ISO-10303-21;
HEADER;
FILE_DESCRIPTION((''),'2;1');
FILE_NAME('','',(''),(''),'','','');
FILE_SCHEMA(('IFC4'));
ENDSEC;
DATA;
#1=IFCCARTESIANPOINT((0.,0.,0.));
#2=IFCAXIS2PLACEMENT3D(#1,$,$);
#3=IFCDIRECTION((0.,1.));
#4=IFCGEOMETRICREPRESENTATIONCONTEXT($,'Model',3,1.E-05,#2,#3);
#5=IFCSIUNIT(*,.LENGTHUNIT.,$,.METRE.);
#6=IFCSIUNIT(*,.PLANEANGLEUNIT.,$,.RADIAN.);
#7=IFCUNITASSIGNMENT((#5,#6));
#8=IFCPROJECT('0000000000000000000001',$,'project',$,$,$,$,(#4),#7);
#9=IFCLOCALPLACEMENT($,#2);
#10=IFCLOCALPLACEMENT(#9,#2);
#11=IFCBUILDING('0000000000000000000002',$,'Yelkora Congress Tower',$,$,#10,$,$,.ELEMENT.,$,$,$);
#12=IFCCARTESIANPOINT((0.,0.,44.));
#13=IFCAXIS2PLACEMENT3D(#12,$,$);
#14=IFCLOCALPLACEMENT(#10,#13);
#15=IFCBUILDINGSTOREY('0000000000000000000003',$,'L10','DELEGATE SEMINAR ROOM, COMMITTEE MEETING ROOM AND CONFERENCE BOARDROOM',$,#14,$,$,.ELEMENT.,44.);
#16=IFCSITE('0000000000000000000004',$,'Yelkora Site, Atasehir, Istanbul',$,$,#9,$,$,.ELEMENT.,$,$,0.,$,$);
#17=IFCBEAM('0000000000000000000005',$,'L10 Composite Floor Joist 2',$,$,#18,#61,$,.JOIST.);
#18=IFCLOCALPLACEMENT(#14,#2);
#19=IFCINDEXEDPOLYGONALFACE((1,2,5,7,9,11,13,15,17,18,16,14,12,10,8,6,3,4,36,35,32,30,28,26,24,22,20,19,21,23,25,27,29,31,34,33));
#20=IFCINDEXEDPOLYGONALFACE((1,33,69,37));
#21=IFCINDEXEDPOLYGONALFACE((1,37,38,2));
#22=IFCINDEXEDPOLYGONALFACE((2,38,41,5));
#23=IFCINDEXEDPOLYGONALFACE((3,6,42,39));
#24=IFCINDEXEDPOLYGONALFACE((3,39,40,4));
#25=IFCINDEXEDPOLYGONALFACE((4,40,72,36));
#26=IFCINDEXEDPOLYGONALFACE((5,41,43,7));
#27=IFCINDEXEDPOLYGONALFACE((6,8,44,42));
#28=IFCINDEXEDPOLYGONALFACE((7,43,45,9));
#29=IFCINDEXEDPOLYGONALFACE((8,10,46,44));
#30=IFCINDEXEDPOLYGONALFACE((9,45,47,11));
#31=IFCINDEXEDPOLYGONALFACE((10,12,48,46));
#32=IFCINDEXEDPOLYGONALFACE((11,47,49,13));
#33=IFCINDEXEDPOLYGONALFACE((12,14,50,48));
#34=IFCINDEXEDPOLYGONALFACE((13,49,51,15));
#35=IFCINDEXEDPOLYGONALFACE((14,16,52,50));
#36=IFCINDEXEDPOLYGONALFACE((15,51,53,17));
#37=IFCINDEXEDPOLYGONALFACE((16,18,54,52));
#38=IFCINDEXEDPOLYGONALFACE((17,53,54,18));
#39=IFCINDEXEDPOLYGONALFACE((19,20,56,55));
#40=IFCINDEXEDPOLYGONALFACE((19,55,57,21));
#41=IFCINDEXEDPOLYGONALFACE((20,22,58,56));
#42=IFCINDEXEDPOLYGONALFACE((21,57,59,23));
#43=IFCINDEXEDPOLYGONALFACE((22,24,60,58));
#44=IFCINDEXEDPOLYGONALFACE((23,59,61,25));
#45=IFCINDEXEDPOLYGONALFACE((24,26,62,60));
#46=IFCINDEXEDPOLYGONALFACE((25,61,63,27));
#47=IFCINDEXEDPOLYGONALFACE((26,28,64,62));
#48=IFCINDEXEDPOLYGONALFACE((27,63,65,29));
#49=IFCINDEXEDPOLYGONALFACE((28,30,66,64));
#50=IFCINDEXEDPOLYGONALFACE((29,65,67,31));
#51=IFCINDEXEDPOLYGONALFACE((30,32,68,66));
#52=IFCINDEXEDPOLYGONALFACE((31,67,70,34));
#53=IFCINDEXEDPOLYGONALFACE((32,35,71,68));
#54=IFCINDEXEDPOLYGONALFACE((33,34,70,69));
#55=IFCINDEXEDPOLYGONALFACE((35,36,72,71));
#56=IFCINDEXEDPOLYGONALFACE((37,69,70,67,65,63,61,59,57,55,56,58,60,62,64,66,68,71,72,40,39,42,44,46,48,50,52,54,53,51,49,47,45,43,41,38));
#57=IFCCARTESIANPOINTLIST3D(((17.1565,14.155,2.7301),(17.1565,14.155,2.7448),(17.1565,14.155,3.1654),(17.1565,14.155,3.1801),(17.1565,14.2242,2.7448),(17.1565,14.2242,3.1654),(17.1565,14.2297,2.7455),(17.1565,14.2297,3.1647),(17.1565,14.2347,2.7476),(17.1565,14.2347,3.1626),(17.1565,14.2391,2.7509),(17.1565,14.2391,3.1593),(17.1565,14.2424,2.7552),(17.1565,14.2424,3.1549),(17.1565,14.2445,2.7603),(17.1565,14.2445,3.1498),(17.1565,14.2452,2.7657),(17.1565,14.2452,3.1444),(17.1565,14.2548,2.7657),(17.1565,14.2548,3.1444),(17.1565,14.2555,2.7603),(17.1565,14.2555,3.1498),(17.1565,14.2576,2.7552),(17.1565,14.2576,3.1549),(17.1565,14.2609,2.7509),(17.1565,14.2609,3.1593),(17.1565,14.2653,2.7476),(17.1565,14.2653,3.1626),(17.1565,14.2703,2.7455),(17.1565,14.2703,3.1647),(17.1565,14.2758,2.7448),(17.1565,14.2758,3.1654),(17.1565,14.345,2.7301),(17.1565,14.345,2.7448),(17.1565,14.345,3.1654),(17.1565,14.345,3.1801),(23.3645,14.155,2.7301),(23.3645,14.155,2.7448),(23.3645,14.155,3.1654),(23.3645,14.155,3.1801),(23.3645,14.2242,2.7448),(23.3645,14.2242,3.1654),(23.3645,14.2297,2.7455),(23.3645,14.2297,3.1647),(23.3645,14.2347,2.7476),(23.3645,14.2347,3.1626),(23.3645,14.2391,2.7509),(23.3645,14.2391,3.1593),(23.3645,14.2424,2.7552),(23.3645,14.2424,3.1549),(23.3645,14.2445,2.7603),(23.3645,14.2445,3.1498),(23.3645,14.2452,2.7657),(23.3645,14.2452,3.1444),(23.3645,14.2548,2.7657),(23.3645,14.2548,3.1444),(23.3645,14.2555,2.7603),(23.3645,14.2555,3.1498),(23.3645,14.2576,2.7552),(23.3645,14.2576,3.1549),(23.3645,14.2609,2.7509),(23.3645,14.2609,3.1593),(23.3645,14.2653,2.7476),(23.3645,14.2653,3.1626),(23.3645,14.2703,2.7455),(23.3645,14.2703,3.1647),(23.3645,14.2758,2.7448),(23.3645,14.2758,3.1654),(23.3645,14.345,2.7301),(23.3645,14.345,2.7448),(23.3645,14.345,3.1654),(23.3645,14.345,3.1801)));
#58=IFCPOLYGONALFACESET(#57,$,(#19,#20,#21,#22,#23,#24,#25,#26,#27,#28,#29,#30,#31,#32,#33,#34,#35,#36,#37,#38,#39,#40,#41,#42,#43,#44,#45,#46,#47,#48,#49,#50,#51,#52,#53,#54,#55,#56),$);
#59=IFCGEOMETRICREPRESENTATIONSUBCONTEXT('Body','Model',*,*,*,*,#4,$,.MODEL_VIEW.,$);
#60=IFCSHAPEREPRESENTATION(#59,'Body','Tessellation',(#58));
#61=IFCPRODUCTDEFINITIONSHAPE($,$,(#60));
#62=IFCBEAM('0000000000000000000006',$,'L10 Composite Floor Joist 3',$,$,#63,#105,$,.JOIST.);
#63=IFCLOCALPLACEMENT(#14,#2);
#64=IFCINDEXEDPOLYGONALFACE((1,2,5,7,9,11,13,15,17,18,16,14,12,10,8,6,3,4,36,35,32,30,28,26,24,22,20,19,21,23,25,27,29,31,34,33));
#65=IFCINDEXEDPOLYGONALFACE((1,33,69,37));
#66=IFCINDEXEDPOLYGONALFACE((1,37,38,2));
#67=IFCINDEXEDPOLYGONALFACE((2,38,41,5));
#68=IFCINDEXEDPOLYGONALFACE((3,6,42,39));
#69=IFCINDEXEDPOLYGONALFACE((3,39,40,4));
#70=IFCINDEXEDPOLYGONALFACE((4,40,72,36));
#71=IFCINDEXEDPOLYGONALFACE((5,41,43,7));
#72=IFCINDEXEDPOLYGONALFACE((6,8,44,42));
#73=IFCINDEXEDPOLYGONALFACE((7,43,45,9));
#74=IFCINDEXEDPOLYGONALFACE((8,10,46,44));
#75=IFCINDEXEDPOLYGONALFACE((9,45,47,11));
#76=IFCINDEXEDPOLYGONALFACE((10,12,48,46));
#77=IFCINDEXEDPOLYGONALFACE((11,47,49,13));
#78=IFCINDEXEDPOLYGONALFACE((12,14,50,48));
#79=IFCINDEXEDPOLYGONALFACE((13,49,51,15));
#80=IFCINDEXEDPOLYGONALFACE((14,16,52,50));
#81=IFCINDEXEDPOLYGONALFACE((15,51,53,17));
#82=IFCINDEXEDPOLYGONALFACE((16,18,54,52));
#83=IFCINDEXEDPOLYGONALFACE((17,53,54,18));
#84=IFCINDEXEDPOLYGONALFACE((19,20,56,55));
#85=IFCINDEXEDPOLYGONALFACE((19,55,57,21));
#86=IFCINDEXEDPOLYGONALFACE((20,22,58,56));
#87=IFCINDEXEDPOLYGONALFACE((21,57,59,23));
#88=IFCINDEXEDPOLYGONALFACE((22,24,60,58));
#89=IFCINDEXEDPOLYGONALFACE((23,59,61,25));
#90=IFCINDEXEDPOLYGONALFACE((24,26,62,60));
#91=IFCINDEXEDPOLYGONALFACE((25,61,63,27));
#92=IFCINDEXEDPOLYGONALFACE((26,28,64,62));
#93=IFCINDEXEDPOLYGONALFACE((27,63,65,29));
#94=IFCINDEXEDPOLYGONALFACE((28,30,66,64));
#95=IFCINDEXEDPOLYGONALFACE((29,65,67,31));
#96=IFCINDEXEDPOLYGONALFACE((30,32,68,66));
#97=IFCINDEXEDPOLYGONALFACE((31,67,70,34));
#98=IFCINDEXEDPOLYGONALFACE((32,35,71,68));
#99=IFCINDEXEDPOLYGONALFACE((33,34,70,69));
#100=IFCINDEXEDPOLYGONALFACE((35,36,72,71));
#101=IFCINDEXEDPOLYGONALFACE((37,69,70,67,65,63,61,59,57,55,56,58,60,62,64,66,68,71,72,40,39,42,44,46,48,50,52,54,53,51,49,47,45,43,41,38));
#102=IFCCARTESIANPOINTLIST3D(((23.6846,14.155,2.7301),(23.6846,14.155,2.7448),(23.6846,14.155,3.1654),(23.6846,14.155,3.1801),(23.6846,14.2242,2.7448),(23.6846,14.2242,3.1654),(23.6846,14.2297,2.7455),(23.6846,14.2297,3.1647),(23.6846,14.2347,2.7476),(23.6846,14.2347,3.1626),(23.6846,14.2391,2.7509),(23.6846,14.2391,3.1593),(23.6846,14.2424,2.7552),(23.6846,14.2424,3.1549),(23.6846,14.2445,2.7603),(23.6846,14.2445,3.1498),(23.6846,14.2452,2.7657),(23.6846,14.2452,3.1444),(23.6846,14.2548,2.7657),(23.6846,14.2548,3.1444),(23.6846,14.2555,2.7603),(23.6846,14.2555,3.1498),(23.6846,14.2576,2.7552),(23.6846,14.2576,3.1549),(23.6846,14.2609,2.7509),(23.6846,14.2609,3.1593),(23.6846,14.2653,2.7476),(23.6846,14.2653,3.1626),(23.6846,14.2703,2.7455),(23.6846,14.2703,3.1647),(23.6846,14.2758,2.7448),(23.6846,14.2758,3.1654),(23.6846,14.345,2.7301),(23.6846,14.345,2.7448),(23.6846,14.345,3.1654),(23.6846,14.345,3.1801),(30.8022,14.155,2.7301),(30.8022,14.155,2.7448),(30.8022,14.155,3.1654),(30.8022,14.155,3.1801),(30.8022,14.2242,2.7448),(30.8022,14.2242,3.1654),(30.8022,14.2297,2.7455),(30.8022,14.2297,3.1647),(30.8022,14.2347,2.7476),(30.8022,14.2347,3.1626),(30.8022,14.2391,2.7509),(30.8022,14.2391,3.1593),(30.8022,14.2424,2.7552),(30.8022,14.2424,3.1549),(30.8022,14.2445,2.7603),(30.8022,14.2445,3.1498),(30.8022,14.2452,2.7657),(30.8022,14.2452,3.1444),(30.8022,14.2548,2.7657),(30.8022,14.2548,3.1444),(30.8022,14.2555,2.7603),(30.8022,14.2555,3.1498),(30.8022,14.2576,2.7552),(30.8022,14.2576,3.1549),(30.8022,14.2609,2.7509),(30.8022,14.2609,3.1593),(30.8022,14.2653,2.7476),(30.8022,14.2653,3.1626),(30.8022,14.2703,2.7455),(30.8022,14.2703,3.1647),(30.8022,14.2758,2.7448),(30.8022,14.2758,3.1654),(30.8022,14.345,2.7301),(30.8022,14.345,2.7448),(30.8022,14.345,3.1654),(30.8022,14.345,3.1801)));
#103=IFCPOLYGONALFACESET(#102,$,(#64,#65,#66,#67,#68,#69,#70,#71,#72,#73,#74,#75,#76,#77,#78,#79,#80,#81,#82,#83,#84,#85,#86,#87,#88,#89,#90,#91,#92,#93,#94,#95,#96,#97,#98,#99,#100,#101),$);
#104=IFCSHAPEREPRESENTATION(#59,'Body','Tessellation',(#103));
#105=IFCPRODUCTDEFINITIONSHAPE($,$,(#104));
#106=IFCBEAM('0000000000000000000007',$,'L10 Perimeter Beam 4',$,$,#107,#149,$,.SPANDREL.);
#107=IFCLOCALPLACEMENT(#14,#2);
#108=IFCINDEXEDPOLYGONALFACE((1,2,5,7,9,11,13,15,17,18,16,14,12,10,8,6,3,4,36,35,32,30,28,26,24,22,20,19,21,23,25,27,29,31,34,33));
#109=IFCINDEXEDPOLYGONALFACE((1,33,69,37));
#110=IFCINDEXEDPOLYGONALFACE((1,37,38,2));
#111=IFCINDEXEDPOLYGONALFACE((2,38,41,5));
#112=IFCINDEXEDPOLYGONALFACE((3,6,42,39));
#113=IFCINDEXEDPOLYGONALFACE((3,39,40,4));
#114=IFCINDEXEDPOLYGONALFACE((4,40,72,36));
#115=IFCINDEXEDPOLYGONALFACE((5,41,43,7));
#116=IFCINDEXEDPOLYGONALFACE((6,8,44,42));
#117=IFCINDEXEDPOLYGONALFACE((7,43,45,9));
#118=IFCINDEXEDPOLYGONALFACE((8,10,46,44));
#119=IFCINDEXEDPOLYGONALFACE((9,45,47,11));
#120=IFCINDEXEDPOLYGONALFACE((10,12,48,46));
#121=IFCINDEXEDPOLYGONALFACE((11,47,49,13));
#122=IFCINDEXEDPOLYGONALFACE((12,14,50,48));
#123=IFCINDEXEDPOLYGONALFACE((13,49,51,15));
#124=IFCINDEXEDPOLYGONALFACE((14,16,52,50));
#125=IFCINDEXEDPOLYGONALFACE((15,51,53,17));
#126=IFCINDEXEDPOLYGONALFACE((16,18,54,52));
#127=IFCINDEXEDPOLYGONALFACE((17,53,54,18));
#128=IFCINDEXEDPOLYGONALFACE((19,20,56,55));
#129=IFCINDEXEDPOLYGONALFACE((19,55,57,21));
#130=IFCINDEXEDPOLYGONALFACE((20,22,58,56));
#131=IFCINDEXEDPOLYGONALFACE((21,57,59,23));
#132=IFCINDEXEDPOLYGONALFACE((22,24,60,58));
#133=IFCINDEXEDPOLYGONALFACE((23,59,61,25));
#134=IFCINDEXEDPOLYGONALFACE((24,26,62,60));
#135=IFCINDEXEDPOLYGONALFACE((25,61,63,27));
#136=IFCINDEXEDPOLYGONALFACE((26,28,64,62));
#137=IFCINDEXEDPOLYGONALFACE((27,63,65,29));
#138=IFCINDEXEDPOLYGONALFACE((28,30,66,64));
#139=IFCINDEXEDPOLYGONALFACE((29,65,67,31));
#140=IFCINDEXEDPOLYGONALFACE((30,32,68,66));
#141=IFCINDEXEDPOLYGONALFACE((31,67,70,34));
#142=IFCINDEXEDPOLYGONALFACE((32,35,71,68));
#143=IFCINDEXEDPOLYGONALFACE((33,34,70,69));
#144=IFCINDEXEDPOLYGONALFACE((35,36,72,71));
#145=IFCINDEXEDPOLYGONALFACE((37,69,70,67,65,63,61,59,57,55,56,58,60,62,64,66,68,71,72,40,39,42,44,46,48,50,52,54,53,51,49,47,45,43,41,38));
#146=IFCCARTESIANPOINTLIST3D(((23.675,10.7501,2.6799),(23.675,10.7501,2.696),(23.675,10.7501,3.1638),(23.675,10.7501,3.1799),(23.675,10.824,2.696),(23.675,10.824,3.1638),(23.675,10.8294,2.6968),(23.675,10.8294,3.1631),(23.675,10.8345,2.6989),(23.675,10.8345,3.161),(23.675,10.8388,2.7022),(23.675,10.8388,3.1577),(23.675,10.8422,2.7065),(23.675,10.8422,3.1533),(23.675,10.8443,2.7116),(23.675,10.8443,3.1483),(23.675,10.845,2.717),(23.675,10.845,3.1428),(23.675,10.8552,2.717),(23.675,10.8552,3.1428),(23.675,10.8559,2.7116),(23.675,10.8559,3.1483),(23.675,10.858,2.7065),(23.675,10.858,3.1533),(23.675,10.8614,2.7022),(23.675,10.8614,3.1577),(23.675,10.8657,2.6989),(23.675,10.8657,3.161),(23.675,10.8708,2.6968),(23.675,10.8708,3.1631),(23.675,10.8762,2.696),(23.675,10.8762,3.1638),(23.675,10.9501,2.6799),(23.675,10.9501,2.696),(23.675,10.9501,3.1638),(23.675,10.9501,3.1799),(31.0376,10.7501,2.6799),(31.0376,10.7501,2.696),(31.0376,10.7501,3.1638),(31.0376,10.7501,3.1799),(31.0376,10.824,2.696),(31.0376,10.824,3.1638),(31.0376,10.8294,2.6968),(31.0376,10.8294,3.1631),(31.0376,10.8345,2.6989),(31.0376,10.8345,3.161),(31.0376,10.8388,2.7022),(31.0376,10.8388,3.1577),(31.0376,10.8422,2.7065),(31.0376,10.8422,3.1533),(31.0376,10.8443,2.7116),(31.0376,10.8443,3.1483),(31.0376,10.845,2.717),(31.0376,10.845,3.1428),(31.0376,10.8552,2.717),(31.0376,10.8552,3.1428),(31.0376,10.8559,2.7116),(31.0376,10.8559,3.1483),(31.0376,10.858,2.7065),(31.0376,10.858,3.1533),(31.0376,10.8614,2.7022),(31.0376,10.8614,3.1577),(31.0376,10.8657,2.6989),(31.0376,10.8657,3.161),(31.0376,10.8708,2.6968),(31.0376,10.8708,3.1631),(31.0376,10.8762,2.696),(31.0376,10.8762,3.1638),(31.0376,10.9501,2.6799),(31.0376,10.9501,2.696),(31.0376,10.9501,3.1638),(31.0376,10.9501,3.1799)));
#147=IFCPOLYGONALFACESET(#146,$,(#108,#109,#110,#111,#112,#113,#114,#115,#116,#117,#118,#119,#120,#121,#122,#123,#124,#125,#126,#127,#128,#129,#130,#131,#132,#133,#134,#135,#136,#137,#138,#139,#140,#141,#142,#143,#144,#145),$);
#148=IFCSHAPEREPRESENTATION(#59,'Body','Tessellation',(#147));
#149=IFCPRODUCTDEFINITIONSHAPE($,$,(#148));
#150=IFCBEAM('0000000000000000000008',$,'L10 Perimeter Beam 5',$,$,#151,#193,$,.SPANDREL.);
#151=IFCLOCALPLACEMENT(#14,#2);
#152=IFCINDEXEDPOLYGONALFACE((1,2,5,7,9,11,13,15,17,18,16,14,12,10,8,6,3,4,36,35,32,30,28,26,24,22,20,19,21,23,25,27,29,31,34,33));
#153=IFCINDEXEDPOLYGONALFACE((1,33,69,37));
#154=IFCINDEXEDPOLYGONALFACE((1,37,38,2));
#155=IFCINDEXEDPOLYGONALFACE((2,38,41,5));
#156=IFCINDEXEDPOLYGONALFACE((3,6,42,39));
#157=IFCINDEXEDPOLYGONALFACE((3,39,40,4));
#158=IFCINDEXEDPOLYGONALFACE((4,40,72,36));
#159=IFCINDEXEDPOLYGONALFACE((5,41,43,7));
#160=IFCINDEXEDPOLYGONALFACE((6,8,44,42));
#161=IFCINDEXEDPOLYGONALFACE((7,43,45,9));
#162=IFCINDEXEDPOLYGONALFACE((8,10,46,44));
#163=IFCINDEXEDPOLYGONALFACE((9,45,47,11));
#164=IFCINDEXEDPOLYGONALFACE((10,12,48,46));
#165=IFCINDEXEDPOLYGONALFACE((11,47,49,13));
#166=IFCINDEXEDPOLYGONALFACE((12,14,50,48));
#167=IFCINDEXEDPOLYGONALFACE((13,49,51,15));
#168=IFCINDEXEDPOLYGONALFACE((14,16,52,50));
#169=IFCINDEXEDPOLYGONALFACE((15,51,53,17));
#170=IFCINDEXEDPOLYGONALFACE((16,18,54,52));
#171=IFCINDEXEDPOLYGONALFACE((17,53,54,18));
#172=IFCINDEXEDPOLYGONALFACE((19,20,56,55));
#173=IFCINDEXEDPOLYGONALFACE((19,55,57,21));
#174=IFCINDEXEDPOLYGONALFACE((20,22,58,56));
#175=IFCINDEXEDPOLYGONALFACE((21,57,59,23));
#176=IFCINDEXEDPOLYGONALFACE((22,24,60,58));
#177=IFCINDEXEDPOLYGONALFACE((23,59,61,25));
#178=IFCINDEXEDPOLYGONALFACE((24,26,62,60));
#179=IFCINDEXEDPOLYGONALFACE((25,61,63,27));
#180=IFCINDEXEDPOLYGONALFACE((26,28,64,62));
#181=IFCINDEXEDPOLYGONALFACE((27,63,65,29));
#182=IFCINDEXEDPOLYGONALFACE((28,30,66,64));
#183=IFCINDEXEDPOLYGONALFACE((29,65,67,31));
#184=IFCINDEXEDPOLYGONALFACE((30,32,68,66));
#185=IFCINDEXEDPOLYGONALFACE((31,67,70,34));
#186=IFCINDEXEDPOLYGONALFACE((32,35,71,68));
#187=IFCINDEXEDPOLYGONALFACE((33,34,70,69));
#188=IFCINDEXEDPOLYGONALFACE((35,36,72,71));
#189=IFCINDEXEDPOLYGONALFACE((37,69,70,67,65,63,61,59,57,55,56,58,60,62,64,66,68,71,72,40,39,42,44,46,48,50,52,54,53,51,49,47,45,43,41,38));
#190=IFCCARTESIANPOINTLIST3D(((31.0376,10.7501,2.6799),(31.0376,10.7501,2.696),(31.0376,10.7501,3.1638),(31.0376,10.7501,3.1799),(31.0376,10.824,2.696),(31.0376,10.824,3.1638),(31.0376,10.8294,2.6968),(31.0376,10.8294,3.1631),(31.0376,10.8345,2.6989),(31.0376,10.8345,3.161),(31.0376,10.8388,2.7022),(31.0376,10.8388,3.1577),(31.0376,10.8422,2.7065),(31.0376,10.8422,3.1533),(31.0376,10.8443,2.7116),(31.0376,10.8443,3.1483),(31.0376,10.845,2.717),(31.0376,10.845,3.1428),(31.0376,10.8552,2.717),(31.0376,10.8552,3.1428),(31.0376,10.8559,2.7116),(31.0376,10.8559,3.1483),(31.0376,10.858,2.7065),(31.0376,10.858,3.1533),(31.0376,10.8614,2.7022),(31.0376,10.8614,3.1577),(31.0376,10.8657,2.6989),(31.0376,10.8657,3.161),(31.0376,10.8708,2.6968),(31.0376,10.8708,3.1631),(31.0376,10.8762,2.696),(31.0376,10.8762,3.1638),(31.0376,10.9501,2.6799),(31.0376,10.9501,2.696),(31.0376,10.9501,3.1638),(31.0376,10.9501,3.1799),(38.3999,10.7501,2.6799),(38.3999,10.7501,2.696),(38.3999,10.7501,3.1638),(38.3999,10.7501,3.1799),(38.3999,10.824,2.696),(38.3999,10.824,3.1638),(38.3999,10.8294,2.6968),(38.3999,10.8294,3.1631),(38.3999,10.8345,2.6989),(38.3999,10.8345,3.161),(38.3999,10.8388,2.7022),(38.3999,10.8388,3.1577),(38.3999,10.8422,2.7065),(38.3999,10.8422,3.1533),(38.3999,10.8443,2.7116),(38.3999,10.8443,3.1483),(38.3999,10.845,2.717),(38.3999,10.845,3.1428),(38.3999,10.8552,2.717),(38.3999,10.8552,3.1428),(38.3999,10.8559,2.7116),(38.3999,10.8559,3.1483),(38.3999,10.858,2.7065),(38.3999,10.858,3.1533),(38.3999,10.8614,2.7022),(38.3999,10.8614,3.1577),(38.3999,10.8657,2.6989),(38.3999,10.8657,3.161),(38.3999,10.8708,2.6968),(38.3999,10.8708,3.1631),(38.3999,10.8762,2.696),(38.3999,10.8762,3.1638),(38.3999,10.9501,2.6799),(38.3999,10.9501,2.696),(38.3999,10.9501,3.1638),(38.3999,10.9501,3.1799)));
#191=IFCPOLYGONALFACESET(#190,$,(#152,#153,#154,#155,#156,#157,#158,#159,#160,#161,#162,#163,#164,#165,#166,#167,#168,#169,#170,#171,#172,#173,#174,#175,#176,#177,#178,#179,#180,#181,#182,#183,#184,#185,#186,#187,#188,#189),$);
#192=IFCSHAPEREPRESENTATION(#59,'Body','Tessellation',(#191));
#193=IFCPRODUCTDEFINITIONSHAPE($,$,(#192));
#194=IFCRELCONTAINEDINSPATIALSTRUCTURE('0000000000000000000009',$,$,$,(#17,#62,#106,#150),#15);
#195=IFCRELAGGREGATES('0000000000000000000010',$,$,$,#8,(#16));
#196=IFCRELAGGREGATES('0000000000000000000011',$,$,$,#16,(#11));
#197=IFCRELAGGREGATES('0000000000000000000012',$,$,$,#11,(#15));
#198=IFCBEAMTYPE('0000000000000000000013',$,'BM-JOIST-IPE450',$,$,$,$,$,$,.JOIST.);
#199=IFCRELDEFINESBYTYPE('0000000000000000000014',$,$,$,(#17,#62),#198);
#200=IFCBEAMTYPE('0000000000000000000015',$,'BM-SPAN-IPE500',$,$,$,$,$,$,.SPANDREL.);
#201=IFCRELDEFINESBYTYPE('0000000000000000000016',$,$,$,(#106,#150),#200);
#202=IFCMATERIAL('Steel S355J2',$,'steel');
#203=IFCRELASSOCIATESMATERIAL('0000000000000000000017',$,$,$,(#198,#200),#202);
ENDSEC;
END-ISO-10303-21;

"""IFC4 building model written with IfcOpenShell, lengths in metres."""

from ifc_helpers import new_model, si_unit, direction, frame, origin, origin_2d, place, context, subcontext, project, spatial, i_section, extrude, material, material_profile, profile_set, type_object, element, save


model = new_model("IFC4")

# Units and contexts
model_context = context("Model", 3, precision=1e-05, world=origin(), true_north=direction((0.0, 1.0)))
body_context = subcontext(model_context, "Body", "Model", "MODEL_VIEW")
ifc_project = project(units=[si_unit("LENGTHUNIT", "METRE"), si_unit("PLANEANGLEUNIT", "RADIAN")], contexts=[model_context])

# Site, building, storey
site_placement = place(None, origin())
site = spatial("IfcSite", under=ifc_project, at=site_placement, Name="Yelkora Site, Atasehir, Istanbul", CompositionType="ELEMENT", RefElevation=0.0)
building_placement = place(site_placement, origin())
building = spatial("IfcBuilding", under=site, at=building_placement, Name="Yelkora Congress Tower", CompositionType="ELEMENT")
storey_placement = place(building_placement, frame((0.0, 0.0, 44.0)))
storey = spatial("IfcBuildingStorey", under=building, at=storey_placement, Name="L10", Description="DELEGATE SEMINAR ROOM, COMMITTEE MEETING ROOM AND CONFERENCE BOARDROOM", CompositionType="ELEMENT", Elevation=44.0)

# Beams
ifc_material_1 = material(Name="Steel S355J2", Category="steel")
ifc_material_profile_1 = material_profile(ifc_material_1, i_section(OverallWidth=0.1899, OverallDepth=0.45, WebThickness=0.0095, FlangeThickness=0.0146, FilletRadius=0.021, at=origin_2d()), Name="IPE 450")
ifc_profile_set_1 = profile_set([ifc_material_profile_1], Name="Steel S355J2")
beam_type_1 = type_object("IfcBeamType", Name="BM-JOIST-IPE450", PredefinedType="JOIST", material=ifc_profile_set_1)
beam_1_placement = place(storey_placement, frame((17.1565, 14.25, 2.9551), z_axis=(1.0, 0.0, 0.0), x_axis=(0.0, 1.0, 0.0)))
element("IfcBeam", 1, at=beam_1_placement, inside=storey, type_object=beam_type_1, Name="L10 Composite Floor Joist 2", PredefinedType="JOIST", context=body_context, shape_type="SweptSolid", body=[
    extrude(i_section(OverallWidth=0.1899, OverallDepth=0.45, WebThickness=0.0095, FlangeThickness=0.0146, FilletRadius=0.021, at=origin_2d()), origin(), (0.0, 0.0, 1.0), 6.208),
])
beam_2_placement = place(storey_placement, frame((23.6846, 14.25, 2.9551), z_axis=(1.0, 0.0, 0.0), x_axis=(0.0, 1.0, 0.0)))
element("IfcBeam", 2, at=beam_2_placement, inside=storey, type_object=beam_type_1, Name="L10 Composite Floor Joist 3", PredefinedType="JOIST", context=body_context, shape_type="SweptSolid", body=[
    extrude(i_section(OverallWidth=0.1899, OverallDepth=0.45, WebThickness=0.0095, FlangeThickness=0.0146, FilletRadius=0.021, at=origin_2d()), origin(), (0.0, 0.0, 1.0), 7.1177),
])
ifc_material_profile_2 = material_profile(ifc_material_1, i_section(OverallWidth=0.2, OverallDepth=0.5, WebThickness=0.0103, FlangeThickness=0.0161, FilletRadius=0.021, at=origin_2d()), Name="IPE 500")
ifc_profile_set_2 = profile_set([ifc_material_profile_2], Name="Steel S355J2")
beam_type_2 = type_object("IfcBeamType", Name="BM-SPAN-IPE500", PredefinedType="SPANDREL", material=ifc_profile_set_2)
beam_3_placement = place(storey_placement, frame((23.675, 10.8501, 2.9299), z_axis=(1.0, 0.0, 0.0), x_axis=(0.0, 1.0, 0.0)))
element("IfcBeam", 3, at=beam_3_placement, inside=storey, type_object=beam_type_2, Name="L10 Perimeter Beam 4", PredefinedType="SPANDREL", context=body_context, shape_type="SweptSolid", body=[
    extrude(i_section(OverallWidth=0.2, OverallDepth=0.5, WebThickness=0.0103, FlangeThickness=0.0161, FilletRadius=0.021, at=origin_2d()), origin(), (0.0, 0.0, 1.0), 7.3625),
])
beam_4_placement = place(storey_placement, frame((31.0376, 10.8501, 2.9299), z_axis=(1.0, 0.0, 0.0), x_axis=(0.0, 1.0, 0.0)))
element("IfcBeam", 4, at=beam_4_placement, inside=storey, type_object=beam_type_2, Name="L10 Perimeter Beam 5", PredefinedType="SPANDREL", context=body_context, shape_type="SweptSolid", body=[
    extrude(i_section(OverallWidth=0.2, OverallDepth=0.5, WebThickness=0.0103, FlangeThickness=0.0161, FilletRadius=0.021, at=origin_2d()), origin(), (0.0, 0.0, 1.0), 7.3623),
])

save(model, "model.ifc")
